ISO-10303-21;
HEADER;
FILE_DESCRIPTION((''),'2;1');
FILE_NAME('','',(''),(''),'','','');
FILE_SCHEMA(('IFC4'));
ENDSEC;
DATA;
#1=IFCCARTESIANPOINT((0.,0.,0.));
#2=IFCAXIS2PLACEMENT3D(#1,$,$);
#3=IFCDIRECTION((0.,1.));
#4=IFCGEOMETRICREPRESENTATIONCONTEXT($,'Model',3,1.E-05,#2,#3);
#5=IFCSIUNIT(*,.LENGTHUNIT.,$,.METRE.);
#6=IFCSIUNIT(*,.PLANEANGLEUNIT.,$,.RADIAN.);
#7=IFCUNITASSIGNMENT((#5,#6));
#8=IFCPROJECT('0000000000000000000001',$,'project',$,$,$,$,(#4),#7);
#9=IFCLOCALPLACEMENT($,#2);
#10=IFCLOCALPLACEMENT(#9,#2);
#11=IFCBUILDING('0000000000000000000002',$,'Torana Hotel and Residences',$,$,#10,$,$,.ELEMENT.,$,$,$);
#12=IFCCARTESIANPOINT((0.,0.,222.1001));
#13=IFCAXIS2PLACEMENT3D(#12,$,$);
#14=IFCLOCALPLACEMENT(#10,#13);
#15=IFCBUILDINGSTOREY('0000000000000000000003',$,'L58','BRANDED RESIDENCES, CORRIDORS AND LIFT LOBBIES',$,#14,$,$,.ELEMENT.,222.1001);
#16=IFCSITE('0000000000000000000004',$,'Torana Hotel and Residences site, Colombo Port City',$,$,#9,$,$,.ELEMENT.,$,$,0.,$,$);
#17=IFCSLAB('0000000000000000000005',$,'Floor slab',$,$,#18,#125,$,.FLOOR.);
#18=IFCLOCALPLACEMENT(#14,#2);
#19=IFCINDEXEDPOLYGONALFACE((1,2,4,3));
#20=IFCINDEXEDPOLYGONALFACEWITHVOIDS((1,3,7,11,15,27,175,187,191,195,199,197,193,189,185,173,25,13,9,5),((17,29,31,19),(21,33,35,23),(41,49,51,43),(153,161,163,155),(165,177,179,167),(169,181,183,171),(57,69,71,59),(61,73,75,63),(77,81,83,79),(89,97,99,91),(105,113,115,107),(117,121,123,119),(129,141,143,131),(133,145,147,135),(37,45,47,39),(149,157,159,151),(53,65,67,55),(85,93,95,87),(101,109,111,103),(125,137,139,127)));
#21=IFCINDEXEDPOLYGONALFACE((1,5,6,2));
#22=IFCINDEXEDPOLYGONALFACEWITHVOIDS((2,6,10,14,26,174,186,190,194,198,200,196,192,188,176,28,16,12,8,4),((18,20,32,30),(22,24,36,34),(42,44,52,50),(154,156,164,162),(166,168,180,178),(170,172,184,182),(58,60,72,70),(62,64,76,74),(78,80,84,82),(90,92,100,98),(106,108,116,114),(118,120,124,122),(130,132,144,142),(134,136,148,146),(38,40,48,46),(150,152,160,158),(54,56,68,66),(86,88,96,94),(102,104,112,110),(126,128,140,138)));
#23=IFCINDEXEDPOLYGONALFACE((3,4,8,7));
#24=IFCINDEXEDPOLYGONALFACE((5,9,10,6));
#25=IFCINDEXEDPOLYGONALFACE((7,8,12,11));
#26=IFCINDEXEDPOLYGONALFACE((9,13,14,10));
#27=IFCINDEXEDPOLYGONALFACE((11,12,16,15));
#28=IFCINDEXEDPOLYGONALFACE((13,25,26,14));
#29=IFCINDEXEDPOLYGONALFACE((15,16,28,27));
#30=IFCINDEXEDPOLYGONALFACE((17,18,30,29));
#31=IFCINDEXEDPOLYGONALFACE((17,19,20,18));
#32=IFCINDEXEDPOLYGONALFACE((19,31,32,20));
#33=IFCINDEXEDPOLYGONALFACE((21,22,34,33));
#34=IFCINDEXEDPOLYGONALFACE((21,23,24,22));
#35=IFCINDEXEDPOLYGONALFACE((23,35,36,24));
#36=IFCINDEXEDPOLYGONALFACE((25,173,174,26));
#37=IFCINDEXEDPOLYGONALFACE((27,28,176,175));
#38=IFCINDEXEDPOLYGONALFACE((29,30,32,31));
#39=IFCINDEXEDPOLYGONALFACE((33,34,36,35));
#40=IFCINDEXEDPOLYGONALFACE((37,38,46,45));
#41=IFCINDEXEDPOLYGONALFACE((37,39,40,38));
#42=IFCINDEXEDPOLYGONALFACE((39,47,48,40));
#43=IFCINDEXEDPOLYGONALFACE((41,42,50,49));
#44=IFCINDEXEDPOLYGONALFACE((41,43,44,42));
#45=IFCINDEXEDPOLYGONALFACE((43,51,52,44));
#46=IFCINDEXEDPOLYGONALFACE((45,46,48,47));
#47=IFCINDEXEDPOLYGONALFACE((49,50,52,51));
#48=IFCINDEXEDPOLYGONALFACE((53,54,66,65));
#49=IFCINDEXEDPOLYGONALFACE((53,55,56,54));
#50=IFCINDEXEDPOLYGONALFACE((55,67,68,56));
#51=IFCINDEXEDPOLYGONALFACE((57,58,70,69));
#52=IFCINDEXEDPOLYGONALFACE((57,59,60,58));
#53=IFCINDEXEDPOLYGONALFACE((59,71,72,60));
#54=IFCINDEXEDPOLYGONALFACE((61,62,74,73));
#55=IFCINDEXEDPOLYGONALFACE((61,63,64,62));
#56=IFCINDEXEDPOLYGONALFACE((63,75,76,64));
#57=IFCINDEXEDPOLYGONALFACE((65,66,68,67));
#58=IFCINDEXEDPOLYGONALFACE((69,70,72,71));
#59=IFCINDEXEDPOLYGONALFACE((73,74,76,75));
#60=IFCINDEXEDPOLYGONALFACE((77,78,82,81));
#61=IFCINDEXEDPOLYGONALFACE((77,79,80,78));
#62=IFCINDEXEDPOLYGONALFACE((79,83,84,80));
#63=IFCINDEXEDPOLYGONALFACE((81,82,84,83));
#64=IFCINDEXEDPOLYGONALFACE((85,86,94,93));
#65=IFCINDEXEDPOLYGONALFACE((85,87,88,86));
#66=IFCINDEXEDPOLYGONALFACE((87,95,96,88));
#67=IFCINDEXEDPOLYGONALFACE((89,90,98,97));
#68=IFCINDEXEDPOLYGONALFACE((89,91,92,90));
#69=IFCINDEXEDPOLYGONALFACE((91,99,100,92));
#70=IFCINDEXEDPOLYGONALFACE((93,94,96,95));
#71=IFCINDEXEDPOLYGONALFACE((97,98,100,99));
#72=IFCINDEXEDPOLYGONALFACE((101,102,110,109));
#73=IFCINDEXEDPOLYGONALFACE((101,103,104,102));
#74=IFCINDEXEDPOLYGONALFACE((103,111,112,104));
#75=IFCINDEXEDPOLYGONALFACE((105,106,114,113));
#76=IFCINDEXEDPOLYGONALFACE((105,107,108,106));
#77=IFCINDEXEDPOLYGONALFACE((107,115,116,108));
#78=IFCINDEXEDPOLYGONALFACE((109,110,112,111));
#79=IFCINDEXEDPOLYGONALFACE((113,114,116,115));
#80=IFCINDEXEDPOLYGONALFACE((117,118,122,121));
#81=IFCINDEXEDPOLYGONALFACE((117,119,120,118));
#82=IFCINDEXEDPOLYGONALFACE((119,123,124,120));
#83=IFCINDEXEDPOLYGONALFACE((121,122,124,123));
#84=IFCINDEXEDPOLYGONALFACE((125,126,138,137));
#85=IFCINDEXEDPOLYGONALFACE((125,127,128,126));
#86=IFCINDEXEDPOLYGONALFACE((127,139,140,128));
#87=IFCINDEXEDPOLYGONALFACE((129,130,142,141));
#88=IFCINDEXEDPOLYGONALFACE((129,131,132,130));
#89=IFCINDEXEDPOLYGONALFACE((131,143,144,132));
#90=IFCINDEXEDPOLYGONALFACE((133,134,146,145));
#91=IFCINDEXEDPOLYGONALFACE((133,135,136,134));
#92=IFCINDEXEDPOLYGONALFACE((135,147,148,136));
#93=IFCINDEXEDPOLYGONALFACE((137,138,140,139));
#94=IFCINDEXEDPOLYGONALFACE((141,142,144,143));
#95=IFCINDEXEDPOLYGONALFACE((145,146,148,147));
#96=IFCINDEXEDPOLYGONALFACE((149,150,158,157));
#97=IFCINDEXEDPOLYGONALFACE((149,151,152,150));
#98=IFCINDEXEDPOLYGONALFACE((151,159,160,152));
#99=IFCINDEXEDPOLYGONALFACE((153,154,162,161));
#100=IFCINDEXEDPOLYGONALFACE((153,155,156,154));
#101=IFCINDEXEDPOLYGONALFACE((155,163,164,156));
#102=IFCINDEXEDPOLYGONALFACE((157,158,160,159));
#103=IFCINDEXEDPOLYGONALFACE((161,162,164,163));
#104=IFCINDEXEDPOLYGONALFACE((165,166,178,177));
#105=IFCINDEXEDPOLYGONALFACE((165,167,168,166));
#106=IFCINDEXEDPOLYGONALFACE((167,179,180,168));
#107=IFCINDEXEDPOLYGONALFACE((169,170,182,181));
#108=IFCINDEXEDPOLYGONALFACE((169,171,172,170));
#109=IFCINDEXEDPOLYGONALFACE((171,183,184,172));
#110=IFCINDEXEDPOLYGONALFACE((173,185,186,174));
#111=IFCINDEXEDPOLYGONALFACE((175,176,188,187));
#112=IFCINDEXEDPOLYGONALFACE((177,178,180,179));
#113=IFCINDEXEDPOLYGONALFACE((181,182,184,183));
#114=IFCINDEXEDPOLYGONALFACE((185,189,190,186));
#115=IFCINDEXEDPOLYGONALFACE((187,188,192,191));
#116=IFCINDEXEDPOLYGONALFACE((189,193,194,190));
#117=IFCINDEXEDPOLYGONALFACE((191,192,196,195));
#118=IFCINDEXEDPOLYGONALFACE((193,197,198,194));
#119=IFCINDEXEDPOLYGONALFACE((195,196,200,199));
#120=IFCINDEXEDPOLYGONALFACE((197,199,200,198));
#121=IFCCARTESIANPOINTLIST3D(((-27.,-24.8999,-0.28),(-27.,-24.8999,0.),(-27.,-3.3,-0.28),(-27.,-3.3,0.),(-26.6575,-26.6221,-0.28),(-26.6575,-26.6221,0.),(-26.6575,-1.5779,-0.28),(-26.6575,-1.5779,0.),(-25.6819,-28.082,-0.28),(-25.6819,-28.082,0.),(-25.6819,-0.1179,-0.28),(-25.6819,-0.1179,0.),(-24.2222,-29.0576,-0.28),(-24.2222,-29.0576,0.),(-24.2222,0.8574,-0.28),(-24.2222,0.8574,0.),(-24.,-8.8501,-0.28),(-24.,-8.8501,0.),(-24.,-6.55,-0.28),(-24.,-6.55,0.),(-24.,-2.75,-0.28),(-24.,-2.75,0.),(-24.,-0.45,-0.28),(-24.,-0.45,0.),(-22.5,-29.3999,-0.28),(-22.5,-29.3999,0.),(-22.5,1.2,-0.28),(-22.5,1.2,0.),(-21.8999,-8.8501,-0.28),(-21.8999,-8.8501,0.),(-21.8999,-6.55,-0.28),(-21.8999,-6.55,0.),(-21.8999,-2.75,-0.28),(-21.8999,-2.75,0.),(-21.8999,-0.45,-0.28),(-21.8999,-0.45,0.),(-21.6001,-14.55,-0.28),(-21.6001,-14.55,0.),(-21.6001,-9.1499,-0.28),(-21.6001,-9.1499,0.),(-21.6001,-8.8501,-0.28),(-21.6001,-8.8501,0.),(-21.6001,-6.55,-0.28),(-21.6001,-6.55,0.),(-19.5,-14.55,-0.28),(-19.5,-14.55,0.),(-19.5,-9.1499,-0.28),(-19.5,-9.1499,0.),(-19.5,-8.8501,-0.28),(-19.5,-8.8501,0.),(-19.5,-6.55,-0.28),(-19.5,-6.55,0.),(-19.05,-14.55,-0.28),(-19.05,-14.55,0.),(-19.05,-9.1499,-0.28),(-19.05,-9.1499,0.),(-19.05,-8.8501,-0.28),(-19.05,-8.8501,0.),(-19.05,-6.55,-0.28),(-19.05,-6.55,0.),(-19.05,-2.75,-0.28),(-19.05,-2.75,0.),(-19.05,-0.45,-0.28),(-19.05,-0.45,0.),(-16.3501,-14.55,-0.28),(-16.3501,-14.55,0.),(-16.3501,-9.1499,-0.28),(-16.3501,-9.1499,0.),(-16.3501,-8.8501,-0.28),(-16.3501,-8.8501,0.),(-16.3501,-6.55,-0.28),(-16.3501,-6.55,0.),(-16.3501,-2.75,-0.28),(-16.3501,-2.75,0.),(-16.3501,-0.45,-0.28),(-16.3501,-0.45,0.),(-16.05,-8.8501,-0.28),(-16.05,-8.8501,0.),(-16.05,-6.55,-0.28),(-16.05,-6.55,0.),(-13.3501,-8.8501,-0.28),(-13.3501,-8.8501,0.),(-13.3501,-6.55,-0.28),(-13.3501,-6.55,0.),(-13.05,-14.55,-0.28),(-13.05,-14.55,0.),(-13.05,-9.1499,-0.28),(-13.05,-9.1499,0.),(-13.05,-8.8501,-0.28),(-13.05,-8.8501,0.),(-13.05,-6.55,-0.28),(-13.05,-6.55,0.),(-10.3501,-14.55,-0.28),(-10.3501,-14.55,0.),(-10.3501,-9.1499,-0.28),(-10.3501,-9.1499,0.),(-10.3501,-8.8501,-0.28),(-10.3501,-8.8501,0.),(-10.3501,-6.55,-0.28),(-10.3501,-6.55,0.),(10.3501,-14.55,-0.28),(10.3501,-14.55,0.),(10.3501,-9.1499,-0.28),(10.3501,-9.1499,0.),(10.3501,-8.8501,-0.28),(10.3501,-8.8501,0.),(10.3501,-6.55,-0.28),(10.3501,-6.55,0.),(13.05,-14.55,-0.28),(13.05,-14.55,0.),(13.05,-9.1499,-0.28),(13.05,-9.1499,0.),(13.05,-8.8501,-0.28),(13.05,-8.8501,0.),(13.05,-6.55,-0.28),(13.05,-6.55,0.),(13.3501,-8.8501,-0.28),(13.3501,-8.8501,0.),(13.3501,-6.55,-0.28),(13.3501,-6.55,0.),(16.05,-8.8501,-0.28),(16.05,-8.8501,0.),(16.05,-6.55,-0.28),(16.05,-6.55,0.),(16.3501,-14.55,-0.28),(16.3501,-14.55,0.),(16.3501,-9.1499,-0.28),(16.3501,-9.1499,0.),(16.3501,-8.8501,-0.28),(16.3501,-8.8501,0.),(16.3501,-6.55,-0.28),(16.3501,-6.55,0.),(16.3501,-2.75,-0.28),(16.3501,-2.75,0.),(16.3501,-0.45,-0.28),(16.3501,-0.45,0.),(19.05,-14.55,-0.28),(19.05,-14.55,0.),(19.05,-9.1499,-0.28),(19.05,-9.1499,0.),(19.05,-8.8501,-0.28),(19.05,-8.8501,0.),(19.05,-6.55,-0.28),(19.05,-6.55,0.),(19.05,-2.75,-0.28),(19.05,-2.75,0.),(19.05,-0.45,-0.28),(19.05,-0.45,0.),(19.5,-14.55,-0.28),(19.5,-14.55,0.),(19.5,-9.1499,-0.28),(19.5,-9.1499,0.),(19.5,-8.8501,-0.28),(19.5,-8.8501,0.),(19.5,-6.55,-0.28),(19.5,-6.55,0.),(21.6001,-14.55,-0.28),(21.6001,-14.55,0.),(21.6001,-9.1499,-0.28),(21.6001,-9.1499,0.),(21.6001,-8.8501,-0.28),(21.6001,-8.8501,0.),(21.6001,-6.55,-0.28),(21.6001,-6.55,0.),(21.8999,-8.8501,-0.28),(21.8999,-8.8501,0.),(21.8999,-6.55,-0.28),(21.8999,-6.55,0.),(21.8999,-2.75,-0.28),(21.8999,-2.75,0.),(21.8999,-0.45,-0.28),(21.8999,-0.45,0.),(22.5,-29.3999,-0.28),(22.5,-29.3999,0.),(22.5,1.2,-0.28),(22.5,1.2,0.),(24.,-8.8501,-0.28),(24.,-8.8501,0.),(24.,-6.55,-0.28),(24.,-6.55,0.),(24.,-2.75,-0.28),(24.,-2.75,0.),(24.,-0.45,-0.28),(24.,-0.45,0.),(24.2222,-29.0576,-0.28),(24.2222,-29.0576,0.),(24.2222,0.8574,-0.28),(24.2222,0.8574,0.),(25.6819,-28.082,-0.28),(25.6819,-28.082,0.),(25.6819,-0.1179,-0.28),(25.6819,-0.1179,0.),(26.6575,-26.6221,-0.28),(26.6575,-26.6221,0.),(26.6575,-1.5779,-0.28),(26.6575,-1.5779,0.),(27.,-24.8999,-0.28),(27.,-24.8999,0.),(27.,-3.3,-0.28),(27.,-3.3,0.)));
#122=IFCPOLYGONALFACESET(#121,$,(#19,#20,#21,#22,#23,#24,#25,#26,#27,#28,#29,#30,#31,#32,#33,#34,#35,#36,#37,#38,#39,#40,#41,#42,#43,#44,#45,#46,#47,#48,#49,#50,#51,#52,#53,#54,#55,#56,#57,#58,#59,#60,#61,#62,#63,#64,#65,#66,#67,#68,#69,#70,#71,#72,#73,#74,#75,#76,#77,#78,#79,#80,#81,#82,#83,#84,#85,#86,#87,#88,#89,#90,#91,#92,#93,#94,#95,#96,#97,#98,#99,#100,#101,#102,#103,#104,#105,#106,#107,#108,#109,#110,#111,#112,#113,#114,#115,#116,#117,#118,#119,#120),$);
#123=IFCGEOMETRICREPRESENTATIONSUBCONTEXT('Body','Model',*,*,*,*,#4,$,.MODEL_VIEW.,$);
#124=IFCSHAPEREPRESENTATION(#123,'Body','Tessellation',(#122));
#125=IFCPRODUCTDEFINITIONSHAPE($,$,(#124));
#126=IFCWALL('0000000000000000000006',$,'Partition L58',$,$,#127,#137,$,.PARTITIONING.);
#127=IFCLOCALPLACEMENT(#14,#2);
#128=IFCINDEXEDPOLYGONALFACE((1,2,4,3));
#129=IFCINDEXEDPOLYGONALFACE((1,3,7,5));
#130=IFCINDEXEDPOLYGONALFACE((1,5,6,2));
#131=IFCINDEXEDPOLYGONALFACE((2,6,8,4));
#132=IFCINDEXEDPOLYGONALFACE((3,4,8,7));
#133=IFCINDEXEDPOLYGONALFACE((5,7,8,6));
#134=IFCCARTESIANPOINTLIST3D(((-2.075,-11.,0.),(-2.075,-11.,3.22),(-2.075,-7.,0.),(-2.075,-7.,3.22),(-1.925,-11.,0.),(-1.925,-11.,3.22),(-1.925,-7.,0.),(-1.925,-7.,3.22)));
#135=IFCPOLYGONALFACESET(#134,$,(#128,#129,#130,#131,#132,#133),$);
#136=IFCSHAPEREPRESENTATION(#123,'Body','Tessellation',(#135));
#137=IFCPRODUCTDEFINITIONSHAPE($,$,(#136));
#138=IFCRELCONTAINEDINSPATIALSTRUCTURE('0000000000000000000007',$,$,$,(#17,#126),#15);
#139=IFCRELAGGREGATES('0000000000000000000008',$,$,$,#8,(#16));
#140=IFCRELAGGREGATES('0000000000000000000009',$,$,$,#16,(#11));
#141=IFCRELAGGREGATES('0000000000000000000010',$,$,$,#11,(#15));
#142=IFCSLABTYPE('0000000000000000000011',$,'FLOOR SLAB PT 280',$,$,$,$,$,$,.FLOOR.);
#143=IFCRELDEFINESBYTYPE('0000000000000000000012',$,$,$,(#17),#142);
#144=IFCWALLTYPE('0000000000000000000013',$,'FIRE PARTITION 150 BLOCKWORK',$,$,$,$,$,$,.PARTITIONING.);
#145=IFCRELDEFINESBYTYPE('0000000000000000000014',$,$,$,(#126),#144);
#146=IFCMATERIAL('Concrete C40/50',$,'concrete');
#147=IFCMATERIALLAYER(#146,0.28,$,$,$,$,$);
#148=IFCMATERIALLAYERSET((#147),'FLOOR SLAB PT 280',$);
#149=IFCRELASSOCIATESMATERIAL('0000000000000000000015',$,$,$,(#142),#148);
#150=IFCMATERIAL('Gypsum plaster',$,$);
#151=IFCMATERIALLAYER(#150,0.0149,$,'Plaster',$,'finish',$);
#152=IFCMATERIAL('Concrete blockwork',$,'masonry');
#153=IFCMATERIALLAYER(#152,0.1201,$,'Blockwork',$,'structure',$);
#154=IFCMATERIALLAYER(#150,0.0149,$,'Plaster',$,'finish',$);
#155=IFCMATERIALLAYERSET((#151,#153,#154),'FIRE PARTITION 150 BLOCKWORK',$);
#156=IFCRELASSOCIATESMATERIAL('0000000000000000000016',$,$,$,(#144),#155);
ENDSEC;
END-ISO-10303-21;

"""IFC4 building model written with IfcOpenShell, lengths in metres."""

from ifc_helpers import new_model, si_unit, direction, frame, frame_2d, origin, place, context, subcontext, project, spatial, polyline, rectangle, outline, extrude, material, layer, layer_set, type_object, element, save


model = new_model("IFC4")

# Units and contexts
model_context = context("Model", 3, precision=1e-05, world=origin(), true_north=direction((0.0, 1.0)))
body_context = subcontext(model_context, "Body", "Model", "MODEL_VIEW")
ifc_project = project(units=[si_unit("LENGTHUNIT", "METRE"), si_unit("PLANEANGLEUNIT", "RADIAN")], contexts=[model_context])

# Site, building, storey
site_placement = place(None, origin())
site = spatial("IfcSite", under=ifc_project, at=site_placement, Name="Torana Hotel and Residences site, Colombo Port City", CompositionType="ELEMENT", RefElevation=0.0)
building_placement = place(site_placement, origin())
building = spatial("IfcBuilding", under=site, at=building_placement, Name="Torana Hotel and Residences", CompositionType="ELEMENT")
storey_placement = place(building_placement, frame((0.0, 0.0, 222.1001)))
storey = spatial("IfcBuildingStorey", under=building, at=storey_placement, Name="L58", Description="BRANDED RESIDENCES, CORRIDORS AND LIFT LOBBIES", CompositionType="ELEMENT", Elevation=222.1001)

# Slab
ifc_material_1 = material(Name="Concrete C40/50", Category="concrete")
ifc_layer_1 = layer(ifc_material_1, 0.28)
ifc_layer_set_1 = layer_set([ifc_layer_1], Name="FLOOR SLAB PT 280")
slab_type_1 = type_object("IfcSlabType", Name="FLOOR SLAB PT 280", PredefinedType="FLOOR", material=ifc_layer_set_1)
slab_1_placement = place(storey_placement, frame((0.0, 0.0, -0.28)))
element("IfcSlab", 1, at=slab_1_placement, inside=storey, type_object=slab_type_1, Name="Floor slab", PredefinedType="FLOOR", context=body_context, shape_type="SweptSolid", body=[
    extrude(outline(polyline([(27.0, -3.3), (26.6575, -1.5779), (25.6819, -0.1179), (24.2222, 0.8574), (22.5, 1.2), (-22.5, 1.2), (-24.2222, 0.8574), (-25.6819, -0.1179), (-26.6575, -1.5779), (-27.0, -3.3), (-27.0, -24.8999), (-26.6575, -26.6221), (-25.6819, -28.082), (-24.2222, -29.0576), (-22.5, -29.3999), (22.5, -29.3999), (24.2222, -29.0576), (25.6819, -28.082), (26.6575, -26.6221), (27.0, -24.8999), (27.0, -3.3)]), holes=[polyline([(-13.05, -14.55), (-10.3501, -14.55), (-10.3501, -9.1499), (-13.05, -9.1499), (-13.05, -14.55)]), polyline([(-19.05, -14.55), (-16.3501, -14.55), (-16.3501, -9.1499), (-19.05, -9.1499), (-19.05, -14.55)]), polyline([(-19.05, -2.75), (-16.3501, -2.75), (-16.3501, -0.45), (-19.05, -0.45), (-19.05, -2.75)]), polyline([(-21.6001, -8.8501), (-19.5, -8.8501), (-19.5, -6.55), (-21.6001, -6.55), (-21.6001, -8.8501)]), polyline([(-24.0, -2.75), (-21.8999, -2.75), (-21.8999, -0.45), (-24.0, -0.45), (-24.0, -2.75)]), polyline([(-24.0, -8.8501), (-21.8999, -8.8501), (-21.8999, -6.55), (-24.0, -6.55), (-24.0, -8.8501)]), polyline([(-13.05, -8.8501), (-10.3501, -8.8501), (-10.3501, -6.55), (-13.05, -6.55), (-13.05, -8.8501)]), polyline([(-16.05, -8.8501), (-13.3501, -8.8501), (-13.3501, -6.55), (-16.05, -6.55), (-16.05, -8.8501)]), polyline([(-19.05, -8.8501), (-16.3501, -8.8501), (-16.3501, -6.55), (-19.05, -6.55), (-19.05, -8.8501)]), polyline([(-21.6001, -14.55), (-19.5, -14.55), (-19.5, -9.1499), (-21.6001, -9.1499), (-21.6001, -14.55)]), polyline([(10.3501, -14.55), (13.05, -14.55), (13.05, -9.1499), (10.3501, -9.1499), (10.3501, -14.55)]), polyline([(16.3501, -14.55), (19.05, -14.55), (19.05, -9.1499), (16.3501, -9.1499), (16.3501, -14.55)]), polyline([(16.3501, -2.75), (19.05, -2.75), (19.05, -0.45), (16.3501, -0.45), (16.3501, -2.75)]), polyline([(19.5, -8.8501), (21.6001, -8.8501), (21.6001, -6.55), (19.5, -6.55), (19.5, -8.8501)]), polyline([(21.8999, -2.75), (24.0, -2.75), (24.0, -0.45), (21.8999, -0.45), (21.8999, -2.75)]), polyline([(21.8999, -8.8501), (24.0, -8.8501), (24.0, -6.55), (21.8999, -6.55), (21.8999, -8.8501)]), polyline([(10.3501, -8.8501), (13.05, -8.8501), (13.05, -6.55), (10.3501, -6.55), (10.3501, -8.8501)]), polyline([(13.3501, -8.8501), (16.05, -8.8501), (16.05, -6.55), (13.3501, -6.55), (13.3501, -8.8501)]), polyline([(16.3501, -8.8501), (19.05, -8.8501), (19.05, -6.55), (16.3501, -6.55), (16.3501, -8.8501)]), polyline([(19.5, -14.55), (21.6001, -14.55), (21.6001, -9.1499), (19.5, -9.1499), (19.5, -14.55)])]), origin(), (0.0, 0.0, 1.0), 0.28),
])

# Wall
ifc_material_2 = material(Name="Gypsum plaster")
ifc_layer_2 = layer(ifc_material_2, 0.0149, Name="Plaster", Category="finish")
ifc_material_3 = material(Name="Concrete blockwork", Category="masonry")
ifc_layer_3 = layer(ifc_material_3, 0.1201, Name="Blockwork", Category="structure")
ifc_layer_4 = layer(ifc_material_2, 0.0149, Name="Plaster", Category="finish")
ifc_layer_set_2 = layer_set([ifc_layer_2, ifc_layer_3, ifc_layer_4], Name="FIRE PARTITION 150 BLOCKWORK")
wall_type_1 = type_object("IfcWallType", Name="FIRE PARTITION 150 BLOCKWORK", PredefinedType="PARTITIONING", material=ifc_layer_set_2)
wall_1_placement = place(storey_placement, frame((-2.0, -11.0, 0.0), z_axis=(0.0, 0.0, 1.0), x_axis=(0.0, 1.0, 0.0)))
element("IfcWall", 2, at=wall_1_placement, inside=storey, type_object=wall_type_1, Name="Partition L58", PredefinedType="PARTITIONING", context=body_context, shape_type="SweptSolid", body=[
    extrude(rectangle(XDim=4.0, YDim=0.1499, at=frame_2d((2.0, 0.0))), origin(), (0.0, 0.0, 1.0), 3.22),
])

save(model, "model.ifc")
